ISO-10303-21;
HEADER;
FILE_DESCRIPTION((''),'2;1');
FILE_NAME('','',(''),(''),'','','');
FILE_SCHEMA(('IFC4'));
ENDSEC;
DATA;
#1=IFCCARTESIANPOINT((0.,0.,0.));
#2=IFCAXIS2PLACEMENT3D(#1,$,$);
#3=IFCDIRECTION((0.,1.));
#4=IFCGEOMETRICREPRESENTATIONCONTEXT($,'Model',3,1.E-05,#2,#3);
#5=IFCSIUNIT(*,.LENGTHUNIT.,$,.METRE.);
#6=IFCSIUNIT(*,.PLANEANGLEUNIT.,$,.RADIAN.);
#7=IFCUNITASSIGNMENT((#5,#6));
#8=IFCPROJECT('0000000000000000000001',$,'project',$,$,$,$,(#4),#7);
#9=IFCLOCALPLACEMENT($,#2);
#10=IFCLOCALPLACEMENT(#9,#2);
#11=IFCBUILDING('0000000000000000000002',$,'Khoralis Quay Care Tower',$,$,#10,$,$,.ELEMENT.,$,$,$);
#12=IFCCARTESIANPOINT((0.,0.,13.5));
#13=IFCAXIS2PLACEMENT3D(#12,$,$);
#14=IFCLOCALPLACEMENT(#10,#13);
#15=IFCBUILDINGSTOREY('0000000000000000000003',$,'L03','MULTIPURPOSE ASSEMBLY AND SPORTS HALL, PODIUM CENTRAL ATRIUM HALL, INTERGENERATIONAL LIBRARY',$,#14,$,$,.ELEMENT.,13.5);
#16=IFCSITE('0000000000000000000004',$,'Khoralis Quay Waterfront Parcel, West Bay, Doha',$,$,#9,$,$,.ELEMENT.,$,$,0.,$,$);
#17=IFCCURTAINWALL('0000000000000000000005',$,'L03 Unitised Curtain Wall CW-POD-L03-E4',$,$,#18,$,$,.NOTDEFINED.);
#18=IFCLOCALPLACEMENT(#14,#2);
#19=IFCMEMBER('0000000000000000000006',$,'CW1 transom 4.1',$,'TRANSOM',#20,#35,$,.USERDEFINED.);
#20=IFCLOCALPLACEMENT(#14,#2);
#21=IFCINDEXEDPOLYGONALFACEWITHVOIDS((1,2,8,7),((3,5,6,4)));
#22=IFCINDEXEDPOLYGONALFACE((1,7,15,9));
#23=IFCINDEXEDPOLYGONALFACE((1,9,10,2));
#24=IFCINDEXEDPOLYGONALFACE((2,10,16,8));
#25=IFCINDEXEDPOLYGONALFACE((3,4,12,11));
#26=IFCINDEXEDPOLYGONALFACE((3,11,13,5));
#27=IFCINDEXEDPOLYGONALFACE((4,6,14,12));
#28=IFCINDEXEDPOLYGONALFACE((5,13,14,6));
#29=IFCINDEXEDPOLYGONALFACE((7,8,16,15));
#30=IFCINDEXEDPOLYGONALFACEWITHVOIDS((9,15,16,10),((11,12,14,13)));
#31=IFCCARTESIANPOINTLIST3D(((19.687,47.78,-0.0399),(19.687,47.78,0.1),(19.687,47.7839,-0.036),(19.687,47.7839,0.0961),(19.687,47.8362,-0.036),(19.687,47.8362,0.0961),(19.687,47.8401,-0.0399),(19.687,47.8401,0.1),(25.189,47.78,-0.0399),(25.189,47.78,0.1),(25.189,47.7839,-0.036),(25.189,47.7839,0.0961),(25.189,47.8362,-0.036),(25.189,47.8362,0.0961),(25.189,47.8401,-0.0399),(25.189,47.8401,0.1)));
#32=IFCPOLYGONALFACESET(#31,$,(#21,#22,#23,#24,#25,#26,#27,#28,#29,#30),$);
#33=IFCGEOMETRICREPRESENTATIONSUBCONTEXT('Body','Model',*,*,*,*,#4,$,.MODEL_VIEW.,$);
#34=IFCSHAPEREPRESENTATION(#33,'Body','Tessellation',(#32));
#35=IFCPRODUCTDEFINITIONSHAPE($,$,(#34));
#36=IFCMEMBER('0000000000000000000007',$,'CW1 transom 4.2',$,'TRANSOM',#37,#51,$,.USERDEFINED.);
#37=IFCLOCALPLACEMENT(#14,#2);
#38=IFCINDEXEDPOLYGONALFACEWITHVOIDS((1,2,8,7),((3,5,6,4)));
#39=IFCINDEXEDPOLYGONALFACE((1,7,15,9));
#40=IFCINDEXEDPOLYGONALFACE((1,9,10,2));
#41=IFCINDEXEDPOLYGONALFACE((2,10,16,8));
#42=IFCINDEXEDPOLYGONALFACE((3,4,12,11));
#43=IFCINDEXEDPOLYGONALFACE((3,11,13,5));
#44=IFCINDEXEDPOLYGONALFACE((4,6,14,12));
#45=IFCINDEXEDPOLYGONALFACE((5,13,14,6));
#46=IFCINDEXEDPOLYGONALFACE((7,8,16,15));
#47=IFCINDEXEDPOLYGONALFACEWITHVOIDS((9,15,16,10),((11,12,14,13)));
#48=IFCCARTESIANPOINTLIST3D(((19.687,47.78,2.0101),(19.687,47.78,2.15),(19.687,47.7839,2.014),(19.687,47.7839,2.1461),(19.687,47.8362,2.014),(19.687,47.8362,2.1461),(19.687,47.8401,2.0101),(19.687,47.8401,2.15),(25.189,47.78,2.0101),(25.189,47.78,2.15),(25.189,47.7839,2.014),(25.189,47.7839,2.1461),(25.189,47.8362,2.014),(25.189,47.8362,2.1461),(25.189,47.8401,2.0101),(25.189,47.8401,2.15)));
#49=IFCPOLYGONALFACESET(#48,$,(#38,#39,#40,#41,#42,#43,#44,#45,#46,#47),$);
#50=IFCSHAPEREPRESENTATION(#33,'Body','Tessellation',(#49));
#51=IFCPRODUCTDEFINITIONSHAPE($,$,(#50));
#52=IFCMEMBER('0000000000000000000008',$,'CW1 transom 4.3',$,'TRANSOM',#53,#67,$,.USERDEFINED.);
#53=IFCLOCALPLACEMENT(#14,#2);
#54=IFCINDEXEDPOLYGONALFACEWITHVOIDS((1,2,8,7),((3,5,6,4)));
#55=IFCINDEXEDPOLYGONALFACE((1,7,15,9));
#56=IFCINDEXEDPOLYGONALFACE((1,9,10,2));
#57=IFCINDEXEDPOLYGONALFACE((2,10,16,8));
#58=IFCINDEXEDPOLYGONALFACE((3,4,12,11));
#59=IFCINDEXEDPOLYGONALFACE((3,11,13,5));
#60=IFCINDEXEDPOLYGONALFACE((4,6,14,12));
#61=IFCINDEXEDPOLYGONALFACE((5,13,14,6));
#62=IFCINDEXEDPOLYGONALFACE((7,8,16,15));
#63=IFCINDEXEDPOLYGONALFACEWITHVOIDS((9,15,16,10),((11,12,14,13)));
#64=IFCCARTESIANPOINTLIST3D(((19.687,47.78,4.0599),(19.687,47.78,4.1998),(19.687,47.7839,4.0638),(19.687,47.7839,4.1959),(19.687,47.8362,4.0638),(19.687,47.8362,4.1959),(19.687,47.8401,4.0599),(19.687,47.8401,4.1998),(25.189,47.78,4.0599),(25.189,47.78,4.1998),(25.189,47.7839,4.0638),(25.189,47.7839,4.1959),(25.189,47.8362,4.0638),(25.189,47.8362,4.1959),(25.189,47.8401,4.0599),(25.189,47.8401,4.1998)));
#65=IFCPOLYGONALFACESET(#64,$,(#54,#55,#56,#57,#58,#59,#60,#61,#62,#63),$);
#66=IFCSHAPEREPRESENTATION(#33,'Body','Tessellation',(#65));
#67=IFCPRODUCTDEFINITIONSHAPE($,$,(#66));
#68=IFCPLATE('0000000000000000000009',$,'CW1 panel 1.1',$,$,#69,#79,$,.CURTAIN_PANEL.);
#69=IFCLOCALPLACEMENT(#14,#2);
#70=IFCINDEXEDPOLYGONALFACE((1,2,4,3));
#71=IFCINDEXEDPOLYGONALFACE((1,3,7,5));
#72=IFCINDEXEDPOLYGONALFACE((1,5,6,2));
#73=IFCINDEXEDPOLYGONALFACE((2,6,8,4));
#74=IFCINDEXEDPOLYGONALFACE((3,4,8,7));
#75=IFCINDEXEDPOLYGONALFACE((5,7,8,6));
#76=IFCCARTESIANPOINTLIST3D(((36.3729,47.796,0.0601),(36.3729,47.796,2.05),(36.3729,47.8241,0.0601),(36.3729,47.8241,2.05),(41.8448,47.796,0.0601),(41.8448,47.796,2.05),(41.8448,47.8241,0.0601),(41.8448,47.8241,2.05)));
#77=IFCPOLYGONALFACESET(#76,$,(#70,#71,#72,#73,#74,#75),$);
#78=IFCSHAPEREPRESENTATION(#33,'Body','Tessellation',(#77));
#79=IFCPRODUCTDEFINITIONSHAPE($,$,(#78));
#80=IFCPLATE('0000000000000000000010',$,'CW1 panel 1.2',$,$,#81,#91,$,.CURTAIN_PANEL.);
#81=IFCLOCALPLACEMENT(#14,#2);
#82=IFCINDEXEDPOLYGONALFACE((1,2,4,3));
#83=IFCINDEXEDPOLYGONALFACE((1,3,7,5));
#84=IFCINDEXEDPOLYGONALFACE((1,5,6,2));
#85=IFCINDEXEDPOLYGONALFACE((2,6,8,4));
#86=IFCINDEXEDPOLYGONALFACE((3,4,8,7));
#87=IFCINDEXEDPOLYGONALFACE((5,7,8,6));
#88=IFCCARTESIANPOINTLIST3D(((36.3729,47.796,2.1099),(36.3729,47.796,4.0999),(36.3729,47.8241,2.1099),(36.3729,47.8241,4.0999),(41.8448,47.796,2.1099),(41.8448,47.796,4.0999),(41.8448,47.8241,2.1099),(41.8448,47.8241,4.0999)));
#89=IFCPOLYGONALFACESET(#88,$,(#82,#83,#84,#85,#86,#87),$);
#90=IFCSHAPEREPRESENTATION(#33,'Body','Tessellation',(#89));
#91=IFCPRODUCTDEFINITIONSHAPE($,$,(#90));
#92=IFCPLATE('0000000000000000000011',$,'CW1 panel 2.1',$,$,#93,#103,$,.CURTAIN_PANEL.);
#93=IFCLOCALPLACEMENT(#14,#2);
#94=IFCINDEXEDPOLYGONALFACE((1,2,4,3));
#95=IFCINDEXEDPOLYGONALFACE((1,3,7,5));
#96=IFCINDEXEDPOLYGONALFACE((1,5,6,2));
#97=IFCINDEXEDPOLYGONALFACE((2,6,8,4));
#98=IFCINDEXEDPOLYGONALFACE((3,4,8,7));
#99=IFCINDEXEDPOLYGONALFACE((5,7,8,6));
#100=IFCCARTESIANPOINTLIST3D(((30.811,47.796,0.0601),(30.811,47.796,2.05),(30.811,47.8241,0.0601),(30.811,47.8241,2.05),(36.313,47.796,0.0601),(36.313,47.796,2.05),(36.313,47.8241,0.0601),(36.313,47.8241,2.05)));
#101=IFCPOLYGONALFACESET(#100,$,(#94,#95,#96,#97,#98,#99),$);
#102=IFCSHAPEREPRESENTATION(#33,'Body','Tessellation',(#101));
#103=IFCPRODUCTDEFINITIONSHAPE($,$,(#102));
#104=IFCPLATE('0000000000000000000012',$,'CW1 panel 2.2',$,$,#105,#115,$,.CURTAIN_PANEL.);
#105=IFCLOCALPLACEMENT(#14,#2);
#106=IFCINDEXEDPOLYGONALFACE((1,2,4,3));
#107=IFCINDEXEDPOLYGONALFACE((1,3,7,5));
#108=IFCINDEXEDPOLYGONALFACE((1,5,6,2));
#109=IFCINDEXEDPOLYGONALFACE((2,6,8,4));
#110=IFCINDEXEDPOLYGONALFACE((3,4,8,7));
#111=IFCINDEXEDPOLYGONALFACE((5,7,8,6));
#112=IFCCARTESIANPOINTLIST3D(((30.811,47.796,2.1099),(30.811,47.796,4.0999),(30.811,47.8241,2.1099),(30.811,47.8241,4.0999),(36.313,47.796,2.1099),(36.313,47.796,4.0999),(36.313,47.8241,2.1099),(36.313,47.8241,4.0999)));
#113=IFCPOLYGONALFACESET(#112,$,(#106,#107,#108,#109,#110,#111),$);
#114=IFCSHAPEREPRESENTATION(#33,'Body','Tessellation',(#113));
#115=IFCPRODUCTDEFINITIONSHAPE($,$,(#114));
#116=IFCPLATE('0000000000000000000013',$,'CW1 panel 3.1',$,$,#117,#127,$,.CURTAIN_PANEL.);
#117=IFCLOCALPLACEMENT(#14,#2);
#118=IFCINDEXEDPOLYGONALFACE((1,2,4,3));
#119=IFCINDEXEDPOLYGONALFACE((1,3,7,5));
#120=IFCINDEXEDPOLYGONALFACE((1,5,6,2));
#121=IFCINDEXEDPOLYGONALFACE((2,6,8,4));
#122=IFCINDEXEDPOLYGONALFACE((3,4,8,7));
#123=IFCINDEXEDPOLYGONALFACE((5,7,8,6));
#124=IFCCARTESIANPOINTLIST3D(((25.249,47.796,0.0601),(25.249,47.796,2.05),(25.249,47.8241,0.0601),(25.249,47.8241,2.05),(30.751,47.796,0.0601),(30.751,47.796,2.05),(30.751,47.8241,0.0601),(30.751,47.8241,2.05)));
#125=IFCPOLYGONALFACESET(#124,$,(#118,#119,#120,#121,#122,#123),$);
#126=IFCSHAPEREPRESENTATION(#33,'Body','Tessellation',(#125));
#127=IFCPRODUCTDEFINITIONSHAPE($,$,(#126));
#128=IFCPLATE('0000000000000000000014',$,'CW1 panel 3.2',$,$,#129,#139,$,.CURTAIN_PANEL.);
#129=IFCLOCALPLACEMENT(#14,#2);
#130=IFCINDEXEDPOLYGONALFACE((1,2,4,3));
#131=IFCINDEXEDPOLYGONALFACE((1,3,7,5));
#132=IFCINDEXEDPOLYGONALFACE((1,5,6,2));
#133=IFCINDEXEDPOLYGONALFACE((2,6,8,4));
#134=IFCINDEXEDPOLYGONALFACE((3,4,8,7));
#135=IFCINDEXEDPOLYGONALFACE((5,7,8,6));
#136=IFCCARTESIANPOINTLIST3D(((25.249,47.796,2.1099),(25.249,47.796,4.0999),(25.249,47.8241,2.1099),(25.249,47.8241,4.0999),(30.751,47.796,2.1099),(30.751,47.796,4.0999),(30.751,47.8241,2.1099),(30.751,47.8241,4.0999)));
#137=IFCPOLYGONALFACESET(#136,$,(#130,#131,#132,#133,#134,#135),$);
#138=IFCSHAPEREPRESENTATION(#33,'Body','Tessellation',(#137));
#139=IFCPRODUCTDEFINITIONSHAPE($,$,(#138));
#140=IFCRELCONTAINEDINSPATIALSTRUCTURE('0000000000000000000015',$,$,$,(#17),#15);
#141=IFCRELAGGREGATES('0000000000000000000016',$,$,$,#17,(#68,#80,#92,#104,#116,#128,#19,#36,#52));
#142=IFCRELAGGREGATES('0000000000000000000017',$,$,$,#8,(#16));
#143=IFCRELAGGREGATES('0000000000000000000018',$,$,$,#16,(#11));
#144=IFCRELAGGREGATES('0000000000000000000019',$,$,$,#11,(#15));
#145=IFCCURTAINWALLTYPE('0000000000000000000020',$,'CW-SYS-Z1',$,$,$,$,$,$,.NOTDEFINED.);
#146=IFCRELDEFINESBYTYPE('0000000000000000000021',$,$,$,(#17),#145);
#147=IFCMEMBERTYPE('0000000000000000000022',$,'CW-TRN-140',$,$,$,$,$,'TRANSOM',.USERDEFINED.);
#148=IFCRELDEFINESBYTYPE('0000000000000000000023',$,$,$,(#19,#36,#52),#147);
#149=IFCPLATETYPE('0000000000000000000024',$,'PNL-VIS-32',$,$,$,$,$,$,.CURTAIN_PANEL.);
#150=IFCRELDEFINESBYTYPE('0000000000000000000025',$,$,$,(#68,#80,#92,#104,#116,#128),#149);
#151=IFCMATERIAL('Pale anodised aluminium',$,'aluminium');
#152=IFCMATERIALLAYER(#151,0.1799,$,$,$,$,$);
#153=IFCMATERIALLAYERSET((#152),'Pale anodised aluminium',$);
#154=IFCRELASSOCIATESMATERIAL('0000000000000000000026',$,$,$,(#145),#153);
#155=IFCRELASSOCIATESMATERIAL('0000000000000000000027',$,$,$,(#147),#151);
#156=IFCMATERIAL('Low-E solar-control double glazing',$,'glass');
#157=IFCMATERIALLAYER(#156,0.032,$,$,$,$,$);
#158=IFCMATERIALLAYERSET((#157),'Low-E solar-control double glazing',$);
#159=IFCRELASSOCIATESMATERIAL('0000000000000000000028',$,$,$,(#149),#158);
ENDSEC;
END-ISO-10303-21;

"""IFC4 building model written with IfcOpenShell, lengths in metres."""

from ifc_helpers import new_model, si_unit, direction, frame, origin, origin_2d, place, context, subcontext, project, spatial, rectangle, hollow_rectangle, extrude, source, transform, mapped, material, layer, layer_set, material_profile, profile_set, type_object, element, aggregate, save


model = new_model("IFC4")

# Units and contexts
model_context = context("Model", 3, precision=1e-05, world=origin(), true_north=direction((0.0, 1.0)))
body_context = subcontext(model_context, "Body", "Model", "MODEL_VIEW")
ifc_project = project(units=[si_unit("LENGTHUNIT", "METRE"), si_unit("PLANEANGLEUNIT", "RADIAN")], contexts=[model_context])

# Site, building, storey
site_placement = place(None, origin())
site = spatial("IfcSite", under=ifc_project, at=site_placement, Name="Khoralis Quay Waterfront Parcel, West Bay, Doha", CompositionType="ELEMENT", RefElevation=0.0)
building_placement = place(site_placement, origin())
building = spatial("IfcBuilding", under=site, at=building_placement, Name="Khoralis Quay Care Tower", CompositionType="ELEMENT")
storey_placement = place(building_placement, frame((0.0, 0.0, 13.5)))
storey = spatial("IfcBuildingStorey", under=building, at=storey_placement, Name="L03", Description="MULTIPURPOSE ASSEMBLY AND SPORTS HALL, PODIUM CENTRAL ATRIUM HALL, INTERGENERATIONAL LIBRARY", CompositionType="ELEMENT", Elevation=13.5)

# Curtain wall, members, plates
ifc_material_1 = material(Name="Pale anodised aluminium", Category="aluminium")
ifc_layer_1 = layer(ifc_material_1, 0.1799)
ifc_layer_set_1 = layer_set([ifc_layer_1], Name="Pale anodised aluminium")
curtain_wall_type = type_object("IfcCurtainWallType", Name="CW-SYS-Z1", PredefinedType="NOTDEFINED", material=ifc_layer_set_1)
curtain_wall_placement = place(storey_placement, origin())
curtain_wall = element("IfcCurtainWall", 1, at=curtain_wall_placement, inside=storey, type_object=curtain_wall_type, Name="L03 Unitised Curtain Wall CW-POD-L03-E4", PredefinedType="NOTDEFINED")
ifc_material_profile_1 = material_profile(ifc_material_1, hollow_rectangle(XDim=0.0601, YDim=0.1399, WallThickness=0.0039, at=origin_2d()), Name="Pale anodised aluminium")
ifc_profile_set_1 = profile_set([ifc_material_profile_1], Name="Pale anodised aluminium")
member_type_1 = type_object("IfcMemberType", Name="CW-TRN-140", ElementType="TRANSOM", PredefinedType="USERDEFINED", material=ifc_profile_set_1)
shared_shape_1 = source(origin(), body_context, "Body", "SweptSolid", [
    extrude(hollow_rectangle(XDim=0.0601, YDim=0.1399, WallThickness=0.0039, at=origin_2d()), origin(), (0.0, 0.0, 1.0), 5.502),
])
member_1_placement = place(storey_placement, frame((25.189, 47.8101, 0.03), z_axis=(-1.0, 0.0, 0.0), x_axis=(0.0, -1.0, 0.0)))
member_1 = element("IfcMember", 2, at=member_1_placement, type_object=member_type_1, Name="CW1 transom 4.1", ObjectType="TRANSOM", PredefinedType="USERDEFINED", context=body_context, shape_type="MappedRepresentation", body=[
    mapped(shared_shape_1, transform((0.0, 0.0, 0.0), scale=1.0)),
])
member_2_placement = place(storey_placement, frame((25.189, 47.8101, 2.0801), z_axis=(-1.0, 0.0, 0.0), x_axis=(0.0, -1.0, 0.0)))
member_2 = element("IfcMember", 3, at=member_2_placement, type_object=member_type_1, Name="CW1 transom 4.2", ObjectType="TRANSOM", PredefinedType="USERDEFINED", context=body_context, shape_type="MappedRepresentation", body=[
    mapped(shared_shape_1, transform((0.0, 0.0, 0.0), scale=1.0)),
])
member_3_placement = place(storey_placement, frame((25.189, 47.8101, 4.1299), z_axis=(-1.0, 0.0, 0.0), x_axis=(0.0, -1.0, 0.0)))
member_3 = element("IfcMember", 4, at=member_3_placement, type_object=member_type_1, Name="CW1 transom 4.3", ObjectType="TRANSOM", PredefinedType="USERDEFINED", context=body_context, shape_type="MappedRepresentation", body=[
    mapped(shared_shape_1, transform((0.0, 0.0, 0.0), scale=1.0)),
])
ifc_material_2 = material(Name="Low-E solar-control double glazing", Category="glass")
ifc_layer_2 = layer(ifc_material_2, 0.032)
ifc_layer_set_2 = layer_set([ifc_layer_2], Name="Low-E solar-control double glazing")
plate_type = type_object("IfcPlateType", Name="PNL-VIS-32", PredefinedType="CURTAIN_PANEL", material=ifc_layer_set_2)
shared_shape_2 = source(origin(), body_context, "Body", "SweptSolid", [
    extrude(rectangle(XDim=5.4719, YDim=0.0281, at=origin_2d()), origin(), (0.0, 0.0, 1.0), 1.99),
])
plate_1_placement = place(storey_placement, frame((39.1089, 47.8101, 0.0601), z_axis=(0.0, 0.0, 1.0), x_axis=(-1.0, 0.0, 0.0)))
plate_1 = element("IfcPlate", 5, at=plate_1_placement, type_object=plate_type, Name="CW1 panel 1.1", PredefinedType="CURTAIN_PANEL", context=body_context, shape_type="MappedRepresentation", body=[
    mapped(shared_shape_2, transform((0.0, 0.0, 0.0), scale=1.0)),
])
plate_2_placement = place(storey_placement, frame((39.1089, 47.8101, 2.1099), z_axis=(0.0, 0.0, 1.0), x_axis=(-1.0, 0.0, 0.0)))
plate_2 = element("IfcPlate", 6, at=plate_2_placement, type_object=plate_type, Name="CW1 panel 1.2", PredefinedType="CURTAIN_PANEL", context=body_context, shape_type="MappedRepresentation", body=[
    mapped(shared_shape_2, transform((0.0, 0.0, 0.0), scale=1.0)),
])
shared_shape_3 = source(origin(), body_context, "Body", "SweptSolid", [
    extrude(rectangle(XDim=5.502, YDim=0.0281, at=origin_2d()), origin(), (0.0, 0.0, 1.0), 1.99),
])
plate_3_placement = place(storey_placement, frame((33.562, 47.8101, 0.0601), z_axis=(0.0, 0.0, 1.0), x_axis=(-1.0, 0.0, 0.0)))
plate_3 = element("IfcPlate", 7, at=plate_3_placement, type_object=plate_type, Name="CW1 panel 2.1", PredefinedType="CURTAIN_PANEL", context=body_context, shape_type="MappedRepresentation", body=[
    mapped(shared_shape_3, transform((0.0, 0.0, 0.0), scale=1.0)),
])
plate_4_placement = place(storey_placement, frame((33.562, 47.8101, 2.1099), z_axis=(0.0, 0.0, 1.0), x_axis=(-1.0, 0.0, 0.0)))
plate_4 = element("IfcPlate", 8, at=plate_4_placement, type_object=plate_type, Name="CW1 panel 2.2", PredefinedType="CURTAIN_PANEL", context=body_context, shape_type="MappedRepresentation", body=[
    mapped(shared_shape_3, transform((0.0, 0.0, 0.0), scale=1.0)),
])
plate_5_placement = place(storey_placement, frame((28.0, 47.8101, 0.0601), z_axis=(0.0, 0.0, 1.0), x_axis=(-1.0, 0.0, 0.0)))
plate_5 = element("IfcPlate", 9, at=plate_5_placement, type_object=plate_type, Name="CW1 panel 3.1", PredefinedType="CURTAIN_PANEL", context=body_context, shape_type="MappedRepresentation", body=[
    mapped(shared_shape_3, transform((0.0, 0.0, 0.0), scale=1.0)),
])
plate_6_placement = place(storey_placement, frame((28.0, 47.8101, 2.1099), z_axis=(0.0, 0.0, 1.0), x_axis=(-1.0, 0.0, 0.0)))
plate_6 = element("IfcPlate", 10, at=plate_6_placement, type_object=plate_type, Name="CW1 panel 3.2", PredefinedType="CURTAIN_PANEL", context=body_context, shape_type="MappedRepresentation", body=[
    mapped(shared_shape_3, transform((0.0, 0.0, 0.0), scale=1.0)),
])
aggregate(curtain_wall, [plate_1, plate_2, plate_3, plate_4, plate_5, plate_6, member_1, member_2, member_3])

save(model, "model.ifc")
